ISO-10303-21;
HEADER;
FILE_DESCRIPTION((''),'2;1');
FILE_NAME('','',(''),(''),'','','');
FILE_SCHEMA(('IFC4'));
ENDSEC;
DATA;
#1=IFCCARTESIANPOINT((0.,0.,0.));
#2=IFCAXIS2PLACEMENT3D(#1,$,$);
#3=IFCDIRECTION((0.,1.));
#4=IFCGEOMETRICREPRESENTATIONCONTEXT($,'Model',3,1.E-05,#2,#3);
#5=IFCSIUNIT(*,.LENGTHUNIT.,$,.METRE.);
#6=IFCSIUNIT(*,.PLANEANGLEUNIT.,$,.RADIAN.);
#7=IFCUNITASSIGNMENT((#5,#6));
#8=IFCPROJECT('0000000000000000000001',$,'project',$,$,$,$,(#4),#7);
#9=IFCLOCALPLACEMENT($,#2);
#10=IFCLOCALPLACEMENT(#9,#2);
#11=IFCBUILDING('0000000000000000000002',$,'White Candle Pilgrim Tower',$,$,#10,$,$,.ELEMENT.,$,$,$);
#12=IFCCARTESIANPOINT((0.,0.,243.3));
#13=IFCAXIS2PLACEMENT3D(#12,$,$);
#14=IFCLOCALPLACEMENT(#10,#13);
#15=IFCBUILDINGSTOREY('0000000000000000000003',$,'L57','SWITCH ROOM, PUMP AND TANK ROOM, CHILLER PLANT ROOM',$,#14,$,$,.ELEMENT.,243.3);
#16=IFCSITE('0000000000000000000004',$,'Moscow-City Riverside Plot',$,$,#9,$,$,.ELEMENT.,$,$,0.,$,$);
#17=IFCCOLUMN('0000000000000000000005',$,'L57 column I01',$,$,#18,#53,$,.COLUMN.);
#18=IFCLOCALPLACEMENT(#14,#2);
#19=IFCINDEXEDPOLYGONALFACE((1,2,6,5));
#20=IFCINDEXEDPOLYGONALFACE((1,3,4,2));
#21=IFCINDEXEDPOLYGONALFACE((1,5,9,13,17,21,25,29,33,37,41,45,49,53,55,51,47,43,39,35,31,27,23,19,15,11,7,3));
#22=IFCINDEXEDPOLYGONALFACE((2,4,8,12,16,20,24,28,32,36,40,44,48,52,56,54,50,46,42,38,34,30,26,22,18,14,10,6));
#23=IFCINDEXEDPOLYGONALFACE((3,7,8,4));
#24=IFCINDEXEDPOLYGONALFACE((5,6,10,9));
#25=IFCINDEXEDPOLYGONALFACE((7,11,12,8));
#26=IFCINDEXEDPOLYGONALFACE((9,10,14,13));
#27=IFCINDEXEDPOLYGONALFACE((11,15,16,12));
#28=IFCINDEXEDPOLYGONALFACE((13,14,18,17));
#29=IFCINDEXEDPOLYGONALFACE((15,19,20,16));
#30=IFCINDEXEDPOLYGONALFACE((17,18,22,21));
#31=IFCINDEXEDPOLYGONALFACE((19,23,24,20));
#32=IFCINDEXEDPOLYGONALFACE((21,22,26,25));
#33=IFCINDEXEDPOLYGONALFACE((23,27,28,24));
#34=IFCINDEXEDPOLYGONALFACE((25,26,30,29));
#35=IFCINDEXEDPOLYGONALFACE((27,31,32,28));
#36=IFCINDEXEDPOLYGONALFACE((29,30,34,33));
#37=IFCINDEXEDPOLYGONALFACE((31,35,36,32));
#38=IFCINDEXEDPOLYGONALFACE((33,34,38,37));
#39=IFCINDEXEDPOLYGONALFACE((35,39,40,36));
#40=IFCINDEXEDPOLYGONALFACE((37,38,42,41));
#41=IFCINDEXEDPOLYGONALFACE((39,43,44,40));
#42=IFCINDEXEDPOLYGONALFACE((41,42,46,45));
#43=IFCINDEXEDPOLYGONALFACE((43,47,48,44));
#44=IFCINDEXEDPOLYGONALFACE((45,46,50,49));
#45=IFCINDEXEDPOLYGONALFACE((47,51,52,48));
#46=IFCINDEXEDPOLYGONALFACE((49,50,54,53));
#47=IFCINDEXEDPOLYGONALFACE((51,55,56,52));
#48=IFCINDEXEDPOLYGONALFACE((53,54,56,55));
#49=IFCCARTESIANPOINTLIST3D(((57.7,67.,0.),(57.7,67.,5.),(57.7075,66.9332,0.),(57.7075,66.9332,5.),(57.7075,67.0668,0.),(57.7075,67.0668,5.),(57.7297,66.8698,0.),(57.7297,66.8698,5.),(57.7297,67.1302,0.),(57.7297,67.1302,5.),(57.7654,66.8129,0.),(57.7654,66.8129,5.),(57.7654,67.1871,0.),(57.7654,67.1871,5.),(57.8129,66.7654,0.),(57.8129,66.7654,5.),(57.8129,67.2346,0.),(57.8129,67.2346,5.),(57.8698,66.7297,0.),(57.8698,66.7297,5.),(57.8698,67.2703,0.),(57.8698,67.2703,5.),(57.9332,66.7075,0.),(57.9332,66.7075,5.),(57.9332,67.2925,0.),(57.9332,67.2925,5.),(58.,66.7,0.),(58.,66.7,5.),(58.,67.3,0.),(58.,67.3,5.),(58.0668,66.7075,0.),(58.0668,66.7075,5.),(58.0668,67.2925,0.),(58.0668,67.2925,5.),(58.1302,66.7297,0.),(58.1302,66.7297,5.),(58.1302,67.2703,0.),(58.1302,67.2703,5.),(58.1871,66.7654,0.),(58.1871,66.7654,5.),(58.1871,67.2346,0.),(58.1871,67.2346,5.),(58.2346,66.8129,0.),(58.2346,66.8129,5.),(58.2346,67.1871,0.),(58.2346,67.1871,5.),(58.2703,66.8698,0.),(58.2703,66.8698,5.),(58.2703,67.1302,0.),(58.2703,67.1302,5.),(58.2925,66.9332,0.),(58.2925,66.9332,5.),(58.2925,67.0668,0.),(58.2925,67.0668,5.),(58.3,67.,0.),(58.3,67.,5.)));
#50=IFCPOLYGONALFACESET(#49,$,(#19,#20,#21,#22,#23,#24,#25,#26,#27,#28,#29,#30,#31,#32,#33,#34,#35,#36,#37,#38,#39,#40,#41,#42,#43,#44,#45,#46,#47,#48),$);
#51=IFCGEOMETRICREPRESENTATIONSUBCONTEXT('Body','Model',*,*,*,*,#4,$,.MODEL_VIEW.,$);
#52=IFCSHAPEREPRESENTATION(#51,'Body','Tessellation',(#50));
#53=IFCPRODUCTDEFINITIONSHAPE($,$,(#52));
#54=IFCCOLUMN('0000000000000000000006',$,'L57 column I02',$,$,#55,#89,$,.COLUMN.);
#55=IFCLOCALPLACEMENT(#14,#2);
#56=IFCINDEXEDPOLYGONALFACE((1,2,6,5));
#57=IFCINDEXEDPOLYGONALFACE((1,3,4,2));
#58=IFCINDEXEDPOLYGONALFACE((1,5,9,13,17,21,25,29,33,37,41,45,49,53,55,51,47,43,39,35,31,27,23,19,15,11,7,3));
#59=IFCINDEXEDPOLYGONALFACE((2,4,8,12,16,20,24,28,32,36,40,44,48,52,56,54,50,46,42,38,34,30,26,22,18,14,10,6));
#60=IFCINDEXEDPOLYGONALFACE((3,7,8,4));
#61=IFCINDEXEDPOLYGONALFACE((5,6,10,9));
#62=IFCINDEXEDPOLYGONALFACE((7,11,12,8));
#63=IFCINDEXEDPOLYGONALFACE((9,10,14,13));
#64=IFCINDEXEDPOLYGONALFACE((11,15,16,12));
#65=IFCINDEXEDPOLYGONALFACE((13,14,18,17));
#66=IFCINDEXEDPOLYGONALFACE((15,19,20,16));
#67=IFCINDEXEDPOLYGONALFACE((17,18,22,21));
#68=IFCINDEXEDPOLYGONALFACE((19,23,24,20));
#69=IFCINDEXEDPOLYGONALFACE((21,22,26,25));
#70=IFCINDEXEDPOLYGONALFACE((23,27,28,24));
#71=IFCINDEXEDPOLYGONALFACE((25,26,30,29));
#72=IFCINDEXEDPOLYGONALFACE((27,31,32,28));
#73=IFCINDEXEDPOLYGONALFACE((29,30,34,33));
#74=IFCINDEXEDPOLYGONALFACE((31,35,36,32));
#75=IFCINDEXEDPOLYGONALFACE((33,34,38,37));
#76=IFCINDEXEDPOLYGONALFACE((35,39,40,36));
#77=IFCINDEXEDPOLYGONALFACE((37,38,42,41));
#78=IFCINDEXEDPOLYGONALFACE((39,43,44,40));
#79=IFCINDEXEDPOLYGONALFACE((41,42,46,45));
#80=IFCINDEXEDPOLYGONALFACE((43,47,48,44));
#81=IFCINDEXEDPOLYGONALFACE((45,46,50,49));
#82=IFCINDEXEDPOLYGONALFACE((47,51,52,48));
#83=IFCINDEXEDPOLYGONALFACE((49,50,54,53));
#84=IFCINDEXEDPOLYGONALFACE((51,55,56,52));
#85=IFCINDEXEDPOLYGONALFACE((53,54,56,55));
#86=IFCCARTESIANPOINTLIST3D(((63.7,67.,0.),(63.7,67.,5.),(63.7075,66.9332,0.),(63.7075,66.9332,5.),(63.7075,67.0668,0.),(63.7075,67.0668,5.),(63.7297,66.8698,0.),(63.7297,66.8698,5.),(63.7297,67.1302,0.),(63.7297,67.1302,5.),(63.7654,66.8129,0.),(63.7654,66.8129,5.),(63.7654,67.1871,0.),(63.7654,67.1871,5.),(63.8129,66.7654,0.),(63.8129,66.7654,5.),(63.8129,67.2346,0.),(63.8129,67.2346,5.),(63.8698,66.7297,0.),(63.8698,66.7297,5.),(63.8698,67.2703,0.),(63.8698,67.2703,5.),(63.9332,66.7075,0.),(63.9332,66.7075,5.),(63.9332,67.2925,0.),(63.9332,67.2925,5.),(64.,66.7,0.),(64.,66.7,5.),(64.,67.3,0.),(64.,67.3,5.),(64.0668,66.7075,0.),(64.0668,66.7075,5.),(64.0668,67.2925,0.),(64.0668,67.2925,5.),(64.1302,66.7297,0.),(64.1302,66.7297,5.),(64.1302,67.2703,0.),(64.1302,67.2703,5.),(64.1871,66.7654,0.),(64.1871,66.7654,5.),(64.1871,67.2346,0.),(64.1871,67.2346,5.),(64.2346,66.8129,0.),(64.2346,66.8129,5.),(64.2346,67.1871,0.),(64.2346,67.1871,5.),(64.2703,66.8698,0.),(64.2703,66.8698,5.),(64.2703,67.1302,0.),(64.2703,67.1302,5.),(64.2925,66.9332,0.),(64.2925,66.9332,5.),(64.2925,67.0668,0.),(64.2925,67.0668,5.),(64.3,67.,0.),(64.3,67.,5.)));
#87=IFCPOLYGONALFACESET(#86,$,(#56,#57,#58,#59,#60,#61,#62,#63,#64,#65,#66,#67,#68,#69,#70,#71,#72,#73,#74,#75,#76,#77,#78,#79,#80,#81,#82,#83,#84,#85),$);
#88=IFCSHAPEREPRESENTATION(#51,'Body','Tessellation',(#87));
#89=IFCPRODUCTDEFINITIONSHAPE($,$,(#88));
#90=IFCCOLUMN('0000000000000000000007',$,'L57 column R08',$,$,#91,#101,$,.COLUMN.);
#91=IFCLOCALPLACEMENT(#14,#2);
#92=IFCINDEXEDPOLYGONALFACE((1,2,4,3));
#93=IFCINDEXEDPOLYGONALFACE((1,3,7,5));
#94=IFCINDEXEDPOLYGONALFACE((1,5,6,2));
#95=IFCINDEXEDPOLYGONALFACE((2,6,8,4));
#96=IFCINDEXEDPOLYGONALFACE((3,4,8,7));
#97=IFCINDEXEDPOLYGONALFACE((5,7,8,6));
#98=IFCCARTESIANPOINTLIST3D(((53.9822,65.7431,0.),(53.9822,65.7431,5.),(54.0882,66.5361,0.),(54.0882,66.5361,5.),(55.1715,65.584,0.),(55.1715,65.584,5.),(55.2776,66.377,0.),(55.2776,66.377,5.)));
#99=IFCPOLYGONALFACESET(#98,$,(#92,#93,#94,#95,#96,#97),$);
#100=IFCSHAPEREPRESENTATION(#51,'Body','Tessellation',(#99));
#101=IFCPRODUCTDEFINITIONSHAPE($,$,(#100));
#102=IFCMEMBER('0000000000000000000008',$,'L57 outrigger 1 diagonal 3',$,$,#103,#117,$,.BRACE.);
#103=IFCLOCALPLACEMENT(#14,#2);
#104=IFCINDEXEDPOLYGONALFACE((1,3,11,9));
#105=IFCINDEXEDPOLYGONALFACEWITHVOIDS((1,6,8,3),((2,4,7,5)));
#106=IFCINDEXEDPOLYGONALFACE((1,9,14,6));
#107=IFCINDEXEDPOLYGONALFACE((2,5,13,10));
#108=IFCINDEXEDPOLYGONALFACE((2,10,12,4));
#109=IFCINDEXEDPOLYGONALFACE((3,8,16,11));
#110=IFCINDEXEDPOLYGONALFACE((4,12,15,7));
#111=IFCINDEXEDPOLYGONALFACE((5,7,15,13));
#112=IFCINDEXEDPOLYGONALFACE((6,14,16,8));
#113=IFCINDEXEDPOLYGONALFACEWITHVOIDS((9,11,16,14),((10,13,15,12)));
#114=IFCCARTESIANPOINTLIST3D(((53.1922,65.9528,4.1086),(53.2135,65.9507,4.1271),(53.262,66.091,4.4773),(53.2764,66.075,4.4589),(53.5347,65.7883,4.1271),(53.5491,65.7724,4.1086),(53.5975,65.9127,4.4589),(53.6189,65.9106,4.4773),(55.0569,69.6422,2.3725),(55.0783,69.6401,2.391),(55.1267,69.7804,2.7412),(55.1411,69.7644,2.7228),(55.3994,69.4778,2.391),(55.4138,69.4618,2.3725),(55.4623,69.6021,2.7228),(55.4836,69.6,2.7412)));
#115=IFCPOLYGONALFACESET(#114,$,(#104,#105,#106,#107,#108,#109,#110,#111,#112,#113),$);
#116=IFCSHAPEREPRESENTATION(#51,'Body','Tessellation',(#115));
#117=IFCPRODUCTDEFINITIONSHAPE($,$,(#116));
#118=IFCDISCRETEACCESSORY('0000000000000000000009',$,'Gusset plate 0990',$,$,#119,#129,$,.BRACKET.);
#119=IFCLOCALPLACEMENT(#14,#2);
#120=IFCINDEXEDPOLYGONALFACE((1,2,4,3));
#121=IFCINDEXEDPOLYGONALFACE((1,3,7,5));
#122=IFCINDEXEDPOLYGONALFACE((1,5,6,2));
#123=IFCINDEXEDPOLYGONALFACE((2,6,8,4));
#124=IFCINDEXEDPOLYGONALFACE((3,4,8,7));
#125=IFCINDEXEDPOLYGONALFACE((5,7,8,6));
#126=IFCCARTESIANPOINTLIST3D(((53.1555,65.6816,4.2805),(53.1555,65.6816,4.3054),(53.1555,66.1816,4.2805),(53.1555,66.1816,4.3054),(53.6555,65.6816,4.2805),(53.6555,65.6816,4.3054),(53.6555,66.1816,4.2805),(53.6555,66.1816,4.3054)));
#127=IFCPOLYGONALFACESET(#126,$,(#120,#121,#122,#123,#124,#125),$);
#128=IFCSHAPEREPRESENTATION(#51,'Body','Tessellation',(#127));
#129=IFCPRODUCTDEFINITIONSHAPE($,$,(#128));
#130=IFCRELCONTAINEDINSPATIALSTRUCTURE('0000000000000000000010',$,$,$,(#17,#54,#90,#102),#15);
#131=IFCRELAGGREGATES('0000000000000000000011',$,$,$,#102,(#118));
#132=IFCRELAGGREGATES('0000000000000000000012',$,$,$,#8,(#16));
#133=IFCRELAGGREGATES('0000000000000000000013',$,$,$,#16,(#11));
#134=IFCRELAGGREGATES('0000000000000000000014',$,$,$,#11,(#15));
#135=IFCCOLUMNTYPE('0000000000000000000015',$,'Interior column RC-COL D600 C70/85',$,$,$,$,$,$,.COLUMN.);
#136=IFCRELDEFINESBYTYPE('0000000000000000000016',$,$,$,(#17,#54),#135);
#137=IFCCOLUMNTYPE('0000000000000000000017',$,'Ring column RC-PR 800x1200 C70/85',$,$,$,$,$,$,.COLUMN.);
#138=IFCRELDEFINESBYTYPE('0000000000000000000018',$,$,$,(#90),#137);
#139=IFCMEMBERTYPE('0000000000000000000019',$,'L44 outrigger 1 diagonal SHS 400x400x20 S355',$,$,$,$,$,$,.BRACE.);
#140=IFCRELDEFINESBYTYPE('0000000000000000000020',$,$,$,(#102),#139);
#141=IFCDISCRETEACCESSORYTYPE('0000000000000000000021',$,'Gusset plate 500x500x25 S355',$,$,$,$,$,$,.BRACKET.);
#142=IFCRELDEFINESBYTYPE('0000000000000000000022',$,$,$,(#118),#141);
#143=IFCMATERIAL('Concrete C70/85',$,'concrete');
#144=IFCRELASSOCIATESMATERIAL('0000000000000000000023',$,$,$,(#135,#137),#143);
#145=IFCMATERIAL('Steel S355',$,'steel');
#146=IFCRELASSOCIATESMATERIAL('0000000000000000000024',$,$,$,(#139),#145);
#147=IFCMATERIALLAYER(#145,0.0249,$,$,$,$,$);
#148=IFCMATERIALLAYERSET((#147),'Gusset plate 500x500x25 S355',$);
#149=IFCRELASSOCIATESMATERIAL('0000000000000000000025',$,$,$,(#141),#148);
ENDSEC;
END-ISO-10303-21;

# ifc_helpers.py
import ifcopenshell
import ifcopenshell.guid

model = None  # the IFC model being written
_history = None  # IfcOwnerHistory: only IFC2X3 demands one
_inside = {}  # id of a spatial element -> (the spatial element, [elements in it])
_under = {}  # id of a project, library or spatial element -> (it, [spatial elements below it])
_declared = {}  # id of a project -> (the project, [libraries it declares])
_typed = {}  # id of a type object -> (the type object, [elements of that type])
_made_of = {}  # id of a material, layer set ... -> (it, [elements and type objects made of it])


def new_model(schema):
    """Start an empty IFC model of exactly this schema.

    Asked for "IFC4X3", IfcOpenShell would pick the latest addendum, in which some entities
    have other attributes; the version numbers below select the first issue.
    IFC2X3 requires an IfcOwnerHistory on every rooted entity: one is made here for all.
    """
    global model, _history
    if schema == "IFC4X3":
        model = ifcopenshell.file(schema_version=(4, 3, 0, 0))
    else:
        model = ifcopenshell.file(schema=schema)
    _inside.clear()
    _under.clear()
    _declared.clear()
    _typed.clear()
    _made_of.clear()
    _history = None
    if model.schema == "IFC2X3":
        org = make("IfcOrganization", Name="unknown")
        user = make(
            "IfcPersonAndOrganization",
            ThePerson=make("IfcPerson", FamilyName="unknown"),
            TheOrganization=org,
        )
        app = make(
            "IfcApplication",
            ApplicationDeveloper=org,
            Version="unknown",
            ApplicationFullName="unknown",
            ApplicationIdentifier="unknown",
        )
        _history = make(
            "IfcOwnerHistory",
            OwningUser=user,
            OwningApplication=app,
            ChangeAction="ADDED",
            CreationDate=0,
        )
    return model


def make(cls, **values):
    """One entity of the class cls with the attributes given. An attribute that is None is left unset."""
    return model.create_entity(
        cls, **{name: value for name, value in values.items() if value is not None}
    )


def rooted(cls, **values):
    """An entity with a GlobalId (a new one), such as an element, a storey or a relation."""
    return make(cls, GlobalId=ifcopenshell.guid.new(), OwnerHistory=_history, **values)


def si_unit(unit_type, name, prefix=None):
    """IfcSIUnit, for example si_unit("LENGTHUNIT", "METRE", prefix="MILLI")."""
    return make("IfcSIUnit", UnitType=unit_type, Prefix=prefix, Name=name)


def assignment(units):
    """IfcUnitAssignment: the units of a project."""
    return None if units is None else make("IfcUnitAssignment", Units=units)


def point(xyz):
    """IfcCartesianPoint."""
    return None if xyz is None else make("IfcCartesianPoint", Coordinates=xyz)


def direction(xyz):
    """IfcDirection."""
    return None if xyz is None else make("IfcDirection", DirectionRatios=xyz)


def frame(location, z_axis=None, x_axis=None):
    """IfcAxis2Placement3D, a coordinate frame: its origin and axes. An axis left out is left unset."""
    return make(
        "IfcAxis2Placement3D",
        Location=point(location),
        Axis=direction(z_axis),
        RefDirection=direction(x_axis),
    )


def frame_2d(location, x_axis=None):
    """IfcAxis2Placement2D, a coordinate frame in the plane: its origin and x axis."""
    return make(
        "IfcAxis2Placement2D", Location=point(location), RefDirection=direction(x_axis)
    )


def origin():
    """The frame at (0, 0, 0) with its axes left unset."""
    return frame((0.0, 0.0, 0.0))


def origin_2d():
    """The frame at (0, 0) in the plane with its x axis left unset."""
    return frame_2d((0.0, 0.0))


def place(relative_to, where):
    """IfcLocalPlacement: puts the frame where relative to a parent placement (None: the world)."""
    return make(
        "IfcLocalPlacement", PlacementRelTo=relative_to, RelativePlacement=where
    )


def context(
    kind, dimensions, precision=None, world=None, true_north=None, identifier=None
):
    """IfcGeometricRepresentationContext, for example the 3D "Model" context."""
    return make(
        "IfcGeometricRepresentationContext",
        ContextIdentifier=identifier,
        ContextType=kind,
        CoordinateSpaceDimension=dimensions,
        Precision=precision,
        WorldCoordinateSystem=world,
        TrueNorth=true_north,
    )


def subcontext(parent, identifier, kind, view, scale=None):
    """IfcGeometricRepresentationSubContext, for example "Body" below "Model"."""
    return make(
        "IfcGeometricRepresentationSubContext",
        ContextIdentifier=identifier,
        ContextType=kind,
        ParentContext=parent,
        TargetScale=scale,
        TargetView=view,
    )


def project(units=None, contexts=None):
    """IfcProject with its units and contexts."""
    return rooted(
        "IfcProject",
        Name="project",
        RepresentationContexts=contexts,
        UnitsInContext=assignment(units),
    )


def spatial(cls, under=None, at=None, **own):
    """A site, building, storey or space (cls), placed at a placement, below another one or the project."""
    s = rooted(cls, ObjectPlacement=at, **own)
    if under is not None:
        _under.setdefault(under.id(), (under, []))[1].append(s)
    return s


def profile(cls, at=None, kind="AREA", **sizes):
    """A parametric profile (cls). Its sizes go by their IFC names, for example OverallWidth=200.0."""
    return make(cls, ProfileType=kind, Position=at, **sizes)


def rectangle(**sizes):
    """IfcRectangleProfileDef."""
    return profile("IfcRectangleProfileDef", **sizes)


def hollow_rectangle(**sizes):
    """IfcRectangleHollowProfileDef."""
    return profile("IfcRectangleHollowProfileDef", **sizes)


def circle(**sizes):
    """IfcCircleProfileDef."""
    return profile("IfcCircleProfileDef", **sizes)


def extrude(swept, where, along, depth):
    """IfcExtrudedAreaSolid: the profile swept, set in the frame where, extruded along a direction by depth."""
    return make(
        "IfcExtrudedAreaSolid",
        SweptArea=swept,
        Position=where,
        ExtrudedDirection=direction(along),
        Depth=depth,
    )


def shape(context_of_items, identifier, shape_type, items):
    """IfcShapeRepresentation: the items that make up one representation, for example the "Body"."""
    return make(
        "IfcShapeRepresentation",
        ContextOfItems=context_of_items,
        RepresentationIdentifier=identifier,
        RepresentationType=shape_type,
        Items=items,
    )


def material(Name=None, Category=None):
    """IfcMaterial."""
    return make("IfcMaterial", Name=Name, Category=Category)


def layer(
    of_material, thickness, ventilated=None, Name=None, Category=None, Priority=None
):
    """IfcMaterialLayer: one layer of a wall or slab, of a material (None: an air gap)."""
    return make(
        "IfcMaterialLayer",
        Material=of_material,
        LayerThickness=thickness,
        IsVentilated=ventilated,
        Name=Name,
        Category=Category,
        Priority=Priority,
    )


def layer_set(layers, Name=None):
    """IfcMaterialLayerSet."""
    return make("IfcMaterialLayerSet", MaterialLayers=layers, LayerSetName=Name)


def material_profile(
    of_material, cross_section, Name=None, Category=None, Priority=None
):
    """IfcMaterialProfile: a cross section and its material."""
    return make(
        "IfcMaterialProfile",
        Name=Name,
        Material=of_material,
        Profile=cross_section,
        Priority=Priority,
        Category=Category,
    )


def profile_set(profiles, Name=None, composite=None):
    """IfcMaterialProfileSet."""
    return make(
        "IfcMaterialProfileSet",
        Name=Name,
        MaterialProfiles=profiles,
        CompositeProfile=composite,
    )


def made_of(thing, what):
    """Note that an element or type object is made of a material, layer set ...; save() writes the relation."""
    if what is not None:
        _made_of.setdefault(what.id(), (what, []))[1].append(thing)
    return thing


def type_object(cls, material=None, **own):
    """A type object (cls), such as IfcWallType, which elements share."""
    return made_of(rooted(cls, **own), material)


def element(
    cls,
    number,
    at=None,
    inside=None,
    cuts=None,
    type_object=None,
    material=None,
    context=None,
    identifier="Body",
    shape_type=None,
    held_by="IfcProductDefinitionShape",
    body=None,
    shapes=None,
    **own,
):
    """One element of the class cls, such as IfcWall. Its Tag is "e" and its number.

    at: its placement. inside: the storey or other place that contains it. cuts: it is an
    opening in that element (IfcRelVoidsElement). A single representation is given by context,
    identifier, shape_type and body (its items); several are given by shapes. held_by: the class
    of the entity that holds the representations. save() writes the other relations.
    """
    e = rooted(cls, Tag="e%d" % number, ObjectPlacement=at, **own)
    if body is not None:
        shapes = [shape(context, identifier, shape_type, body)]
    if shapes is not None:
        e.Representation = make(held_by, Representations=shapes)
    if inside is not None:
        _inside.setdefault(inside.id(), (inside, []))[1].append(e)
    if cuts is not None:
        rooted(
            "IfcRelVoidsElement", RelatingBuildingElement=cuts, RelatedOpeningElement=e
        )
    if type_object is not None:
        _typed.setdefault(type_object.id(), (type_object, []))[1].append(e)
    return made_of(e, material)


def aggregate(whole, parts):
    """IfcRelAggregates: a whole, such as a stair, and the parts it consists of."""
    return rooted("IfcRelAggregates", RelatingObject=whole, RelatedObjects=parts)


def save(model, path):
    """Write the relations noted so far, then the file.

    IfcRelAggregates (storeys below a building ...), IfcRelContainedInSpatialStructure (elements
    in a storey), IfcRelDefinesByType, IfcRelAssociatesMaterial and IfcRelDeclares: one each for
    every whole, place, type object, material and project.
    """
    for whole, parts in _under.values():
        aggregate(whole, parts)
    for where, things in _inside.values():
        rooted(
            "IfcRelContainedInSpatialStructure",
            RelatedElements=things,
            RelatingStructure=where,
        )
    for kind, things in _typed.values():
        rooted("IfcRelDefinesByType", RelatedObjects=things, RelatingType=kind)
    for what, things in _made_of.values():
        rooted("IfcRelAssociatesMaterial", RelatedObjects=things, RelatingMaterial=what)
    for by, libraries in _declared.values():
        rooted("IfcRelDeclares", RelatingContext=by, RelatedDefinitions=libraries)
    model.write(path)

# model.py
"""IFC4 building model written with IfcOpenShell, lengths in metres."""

from ifc_helpers import new_model, si_unit, direction, frame, origin, origin_2d, place, context, subcontext, project, spatial, rectangle, hollow_rectangle, circle, extrude, material, layer, layer_set, material_profile, profile_set, type_object, element, aggregate, save


model = new_model("IFC4")

# Units and contexts
model_context = context("Model", 3, precision=1e-05, world=origin(), true_north=direction((0.0, 1.0)))
body_context = subcontext(model_context, "Body", "Model", "MODEL_VIEW")
ifc_project = project(units=[si_unit("LENGTHUNIT", "METRE"), si_unit("PLANEANGLEUNIT", "RADIAN")], contexts=[model_context])

# Site, building, storey
site_placement = place(None, origin())
site = spatial("IfcSite", under=ifc_project, at=site_placement, Name="Moscow-City Riverside Plot", CompositionType="ELEMENT", RefElevation=0.0)
building_placement = place(site_placement, origin())
building = spatial("IfcBuilding", under=site, at=building_placement, Name="White Candle Pilgrim Tower", CompositionType="ELEMENT")
storey_placement = place(building_placement, frame((0.0, 0.0, 243.3)))
storey = spatial("IfcBuildingStorey", under=building, at=storey_placement, Name="L57", Description="SWITCH ROOM, PUMP AND TANK ROOM, CHILLER PLANT ROOM", CompositionType="ELEMENT", Elevation=243.3)

# Columns
ifc_material_1 = material(Name="Concrete C70/85", Category="concrete")
ifc_material_profile_1 = material_profile(ifc_material_1, circle(Radius=0.3, at=origin_2d()), Name="RC-COL D600")
ifc_profile_set_1 = profile_set([ifc_material_profile_1], Name="Concrete C70/85")
column_type_1 = type_object("IfcColumnType", Name="Interior column RC-COL D600 C70/85", PredefinedType="COLUMN", material=ifc_profile_set_1)
for number, where, z_axis, x_axis, name in (
    (1, (58.0, 67.0, 0.0), (0.0, 0.0, 1.0), (1.0, 0.0, 0.0), "L57 column I01"),
    (2, (64.0, 67.0, 0.0), (0.0, 0.0, 1.0), (1.0, 0.0, 0.0), "L57 column I02"),
):
    element("IfcColumn", number, at=place(storey_placement, frame(where, z_axis=z_axis, x_axis=x_axis)), inside=storey, type_object=column_type_1, Name=name, PredefinedType="COLUMN", context=body_context, shape_type="SweptSolid", body=[
        extrude(circle(Radius=0.3, at=origin_2d()), origin(), (0.0, 0.0, 1.0), 5.0),
    ])
ifc_material_profile_2 = material_profile(ifc_material_1, rectangle(XDim=0.8, YDim=1.2, at=origin_2d()), Name="RC-PR 800x1200")
ifc_profile_set_2 = profile_set([ifc_material_profile_2], Name="Concrete C70/85")
column_type_2 = type_object("IfcColumnType", Name="Ring column RC-PR 800x1200 C70/85", PredefinedType="COLUMN", material=ifc_profile_set_2)
column_placement = place(storey_placement, frame((54.6299, 66.0601, 0.0), z_axis=(0.0, 0.0, 1.0), x_axis=(0.132602, 0.991169, 0.0)))
element("IfcColumn", 3, at=column_placement, inside=storey, type_object=column_type_2, Name="L57 column R08", PredefinedType="COLUMN", context=body_context, shape_type="SweptSolid", body=[
    extrude(rectangle(XDim=0.8, YDim=1.2, at=origin_2d()), origin(), (0.0, 0.0, 1.0), 5.0),
])

# Member
ifc_material_2 = material(Name="Steel S355", Category="steel")
ifc_material_profile_3 = material_profile(ifc_material_2, hollow_rectangle(XDim=0.3999, YDim=0.3999, WallThickness=0.02, at=origin_2d()), Name="SHS 400x400x20")
ifc_profile_set_3 = profile_set([ifc_material_profile_3], Name="Steel S355")
member_type_1 = type_object("IfcMemberType", Name="L44 outrigger 1 diagonal SHS 400x400x20 S355", PredefinedType="BRACE", material=ifc_profile_set_3)
member_1_placement = place(storey_placement, frame((55.2703, 69.6211, 2.5569), z_axis=(-0.415897, -0.822864, 0.387201), x_axis=(0.892482, -0.451084, 0.0)))
member_1 = element("IfcMember", 4, at=member_1_placement, inside=storey, type_object=member_type_1, Name="L57 outrigger 1 diagonal 3", PredefinedType="BRACE", context=body_context, shape_type="SweptSolid", body=[
    extrude(hollow_rectangle(XDim=0.3999, YDim=0.3999, WallThickness=0.02, at=origin_2d()), origin(), (0.0, 0.0, 1.0), 4.4836),
])

# Discrete accessory
ifc_layer_1 = layer(ifc_material_2, 0.0249)
ifc_layer_set_1 = layer_set([ifc_layer_1], Name="Gusset plate 500x500x25 S355")
discrete_accessory_type = type_object("IfcDiscreteAccessoryType", Name="Gusset plate 500x500x25 S355", PredefinedType="BRACKET", material=ifc_layer_set_1)
discrete_accessory_1_placement = place(storey_placement, frame((53.4055, 65.9316, 4.2805), z_axis=(0.0, 0.0, 1.0), x_axis=(1.0, 0.0, 0.0)))
discrete_accessory_1 = element("IfcDiscreteAccessory", 5, at=discrete_accessory_1_placement, type_object=discrete_accessory_type, Name="Gusset plate 0990", PredefinedType="BRACKET", context=body_context, shape_type="SweptSolid", body=[
    extrude(rectangle(XDim=0.5, YDim=0.5, at=origin_2d()), origin(), (0.0, 0.0, 1.0), 0.0249),
])
aggregate(member_1, [discrete_accessory_1])

save(model, "model.ifc")
